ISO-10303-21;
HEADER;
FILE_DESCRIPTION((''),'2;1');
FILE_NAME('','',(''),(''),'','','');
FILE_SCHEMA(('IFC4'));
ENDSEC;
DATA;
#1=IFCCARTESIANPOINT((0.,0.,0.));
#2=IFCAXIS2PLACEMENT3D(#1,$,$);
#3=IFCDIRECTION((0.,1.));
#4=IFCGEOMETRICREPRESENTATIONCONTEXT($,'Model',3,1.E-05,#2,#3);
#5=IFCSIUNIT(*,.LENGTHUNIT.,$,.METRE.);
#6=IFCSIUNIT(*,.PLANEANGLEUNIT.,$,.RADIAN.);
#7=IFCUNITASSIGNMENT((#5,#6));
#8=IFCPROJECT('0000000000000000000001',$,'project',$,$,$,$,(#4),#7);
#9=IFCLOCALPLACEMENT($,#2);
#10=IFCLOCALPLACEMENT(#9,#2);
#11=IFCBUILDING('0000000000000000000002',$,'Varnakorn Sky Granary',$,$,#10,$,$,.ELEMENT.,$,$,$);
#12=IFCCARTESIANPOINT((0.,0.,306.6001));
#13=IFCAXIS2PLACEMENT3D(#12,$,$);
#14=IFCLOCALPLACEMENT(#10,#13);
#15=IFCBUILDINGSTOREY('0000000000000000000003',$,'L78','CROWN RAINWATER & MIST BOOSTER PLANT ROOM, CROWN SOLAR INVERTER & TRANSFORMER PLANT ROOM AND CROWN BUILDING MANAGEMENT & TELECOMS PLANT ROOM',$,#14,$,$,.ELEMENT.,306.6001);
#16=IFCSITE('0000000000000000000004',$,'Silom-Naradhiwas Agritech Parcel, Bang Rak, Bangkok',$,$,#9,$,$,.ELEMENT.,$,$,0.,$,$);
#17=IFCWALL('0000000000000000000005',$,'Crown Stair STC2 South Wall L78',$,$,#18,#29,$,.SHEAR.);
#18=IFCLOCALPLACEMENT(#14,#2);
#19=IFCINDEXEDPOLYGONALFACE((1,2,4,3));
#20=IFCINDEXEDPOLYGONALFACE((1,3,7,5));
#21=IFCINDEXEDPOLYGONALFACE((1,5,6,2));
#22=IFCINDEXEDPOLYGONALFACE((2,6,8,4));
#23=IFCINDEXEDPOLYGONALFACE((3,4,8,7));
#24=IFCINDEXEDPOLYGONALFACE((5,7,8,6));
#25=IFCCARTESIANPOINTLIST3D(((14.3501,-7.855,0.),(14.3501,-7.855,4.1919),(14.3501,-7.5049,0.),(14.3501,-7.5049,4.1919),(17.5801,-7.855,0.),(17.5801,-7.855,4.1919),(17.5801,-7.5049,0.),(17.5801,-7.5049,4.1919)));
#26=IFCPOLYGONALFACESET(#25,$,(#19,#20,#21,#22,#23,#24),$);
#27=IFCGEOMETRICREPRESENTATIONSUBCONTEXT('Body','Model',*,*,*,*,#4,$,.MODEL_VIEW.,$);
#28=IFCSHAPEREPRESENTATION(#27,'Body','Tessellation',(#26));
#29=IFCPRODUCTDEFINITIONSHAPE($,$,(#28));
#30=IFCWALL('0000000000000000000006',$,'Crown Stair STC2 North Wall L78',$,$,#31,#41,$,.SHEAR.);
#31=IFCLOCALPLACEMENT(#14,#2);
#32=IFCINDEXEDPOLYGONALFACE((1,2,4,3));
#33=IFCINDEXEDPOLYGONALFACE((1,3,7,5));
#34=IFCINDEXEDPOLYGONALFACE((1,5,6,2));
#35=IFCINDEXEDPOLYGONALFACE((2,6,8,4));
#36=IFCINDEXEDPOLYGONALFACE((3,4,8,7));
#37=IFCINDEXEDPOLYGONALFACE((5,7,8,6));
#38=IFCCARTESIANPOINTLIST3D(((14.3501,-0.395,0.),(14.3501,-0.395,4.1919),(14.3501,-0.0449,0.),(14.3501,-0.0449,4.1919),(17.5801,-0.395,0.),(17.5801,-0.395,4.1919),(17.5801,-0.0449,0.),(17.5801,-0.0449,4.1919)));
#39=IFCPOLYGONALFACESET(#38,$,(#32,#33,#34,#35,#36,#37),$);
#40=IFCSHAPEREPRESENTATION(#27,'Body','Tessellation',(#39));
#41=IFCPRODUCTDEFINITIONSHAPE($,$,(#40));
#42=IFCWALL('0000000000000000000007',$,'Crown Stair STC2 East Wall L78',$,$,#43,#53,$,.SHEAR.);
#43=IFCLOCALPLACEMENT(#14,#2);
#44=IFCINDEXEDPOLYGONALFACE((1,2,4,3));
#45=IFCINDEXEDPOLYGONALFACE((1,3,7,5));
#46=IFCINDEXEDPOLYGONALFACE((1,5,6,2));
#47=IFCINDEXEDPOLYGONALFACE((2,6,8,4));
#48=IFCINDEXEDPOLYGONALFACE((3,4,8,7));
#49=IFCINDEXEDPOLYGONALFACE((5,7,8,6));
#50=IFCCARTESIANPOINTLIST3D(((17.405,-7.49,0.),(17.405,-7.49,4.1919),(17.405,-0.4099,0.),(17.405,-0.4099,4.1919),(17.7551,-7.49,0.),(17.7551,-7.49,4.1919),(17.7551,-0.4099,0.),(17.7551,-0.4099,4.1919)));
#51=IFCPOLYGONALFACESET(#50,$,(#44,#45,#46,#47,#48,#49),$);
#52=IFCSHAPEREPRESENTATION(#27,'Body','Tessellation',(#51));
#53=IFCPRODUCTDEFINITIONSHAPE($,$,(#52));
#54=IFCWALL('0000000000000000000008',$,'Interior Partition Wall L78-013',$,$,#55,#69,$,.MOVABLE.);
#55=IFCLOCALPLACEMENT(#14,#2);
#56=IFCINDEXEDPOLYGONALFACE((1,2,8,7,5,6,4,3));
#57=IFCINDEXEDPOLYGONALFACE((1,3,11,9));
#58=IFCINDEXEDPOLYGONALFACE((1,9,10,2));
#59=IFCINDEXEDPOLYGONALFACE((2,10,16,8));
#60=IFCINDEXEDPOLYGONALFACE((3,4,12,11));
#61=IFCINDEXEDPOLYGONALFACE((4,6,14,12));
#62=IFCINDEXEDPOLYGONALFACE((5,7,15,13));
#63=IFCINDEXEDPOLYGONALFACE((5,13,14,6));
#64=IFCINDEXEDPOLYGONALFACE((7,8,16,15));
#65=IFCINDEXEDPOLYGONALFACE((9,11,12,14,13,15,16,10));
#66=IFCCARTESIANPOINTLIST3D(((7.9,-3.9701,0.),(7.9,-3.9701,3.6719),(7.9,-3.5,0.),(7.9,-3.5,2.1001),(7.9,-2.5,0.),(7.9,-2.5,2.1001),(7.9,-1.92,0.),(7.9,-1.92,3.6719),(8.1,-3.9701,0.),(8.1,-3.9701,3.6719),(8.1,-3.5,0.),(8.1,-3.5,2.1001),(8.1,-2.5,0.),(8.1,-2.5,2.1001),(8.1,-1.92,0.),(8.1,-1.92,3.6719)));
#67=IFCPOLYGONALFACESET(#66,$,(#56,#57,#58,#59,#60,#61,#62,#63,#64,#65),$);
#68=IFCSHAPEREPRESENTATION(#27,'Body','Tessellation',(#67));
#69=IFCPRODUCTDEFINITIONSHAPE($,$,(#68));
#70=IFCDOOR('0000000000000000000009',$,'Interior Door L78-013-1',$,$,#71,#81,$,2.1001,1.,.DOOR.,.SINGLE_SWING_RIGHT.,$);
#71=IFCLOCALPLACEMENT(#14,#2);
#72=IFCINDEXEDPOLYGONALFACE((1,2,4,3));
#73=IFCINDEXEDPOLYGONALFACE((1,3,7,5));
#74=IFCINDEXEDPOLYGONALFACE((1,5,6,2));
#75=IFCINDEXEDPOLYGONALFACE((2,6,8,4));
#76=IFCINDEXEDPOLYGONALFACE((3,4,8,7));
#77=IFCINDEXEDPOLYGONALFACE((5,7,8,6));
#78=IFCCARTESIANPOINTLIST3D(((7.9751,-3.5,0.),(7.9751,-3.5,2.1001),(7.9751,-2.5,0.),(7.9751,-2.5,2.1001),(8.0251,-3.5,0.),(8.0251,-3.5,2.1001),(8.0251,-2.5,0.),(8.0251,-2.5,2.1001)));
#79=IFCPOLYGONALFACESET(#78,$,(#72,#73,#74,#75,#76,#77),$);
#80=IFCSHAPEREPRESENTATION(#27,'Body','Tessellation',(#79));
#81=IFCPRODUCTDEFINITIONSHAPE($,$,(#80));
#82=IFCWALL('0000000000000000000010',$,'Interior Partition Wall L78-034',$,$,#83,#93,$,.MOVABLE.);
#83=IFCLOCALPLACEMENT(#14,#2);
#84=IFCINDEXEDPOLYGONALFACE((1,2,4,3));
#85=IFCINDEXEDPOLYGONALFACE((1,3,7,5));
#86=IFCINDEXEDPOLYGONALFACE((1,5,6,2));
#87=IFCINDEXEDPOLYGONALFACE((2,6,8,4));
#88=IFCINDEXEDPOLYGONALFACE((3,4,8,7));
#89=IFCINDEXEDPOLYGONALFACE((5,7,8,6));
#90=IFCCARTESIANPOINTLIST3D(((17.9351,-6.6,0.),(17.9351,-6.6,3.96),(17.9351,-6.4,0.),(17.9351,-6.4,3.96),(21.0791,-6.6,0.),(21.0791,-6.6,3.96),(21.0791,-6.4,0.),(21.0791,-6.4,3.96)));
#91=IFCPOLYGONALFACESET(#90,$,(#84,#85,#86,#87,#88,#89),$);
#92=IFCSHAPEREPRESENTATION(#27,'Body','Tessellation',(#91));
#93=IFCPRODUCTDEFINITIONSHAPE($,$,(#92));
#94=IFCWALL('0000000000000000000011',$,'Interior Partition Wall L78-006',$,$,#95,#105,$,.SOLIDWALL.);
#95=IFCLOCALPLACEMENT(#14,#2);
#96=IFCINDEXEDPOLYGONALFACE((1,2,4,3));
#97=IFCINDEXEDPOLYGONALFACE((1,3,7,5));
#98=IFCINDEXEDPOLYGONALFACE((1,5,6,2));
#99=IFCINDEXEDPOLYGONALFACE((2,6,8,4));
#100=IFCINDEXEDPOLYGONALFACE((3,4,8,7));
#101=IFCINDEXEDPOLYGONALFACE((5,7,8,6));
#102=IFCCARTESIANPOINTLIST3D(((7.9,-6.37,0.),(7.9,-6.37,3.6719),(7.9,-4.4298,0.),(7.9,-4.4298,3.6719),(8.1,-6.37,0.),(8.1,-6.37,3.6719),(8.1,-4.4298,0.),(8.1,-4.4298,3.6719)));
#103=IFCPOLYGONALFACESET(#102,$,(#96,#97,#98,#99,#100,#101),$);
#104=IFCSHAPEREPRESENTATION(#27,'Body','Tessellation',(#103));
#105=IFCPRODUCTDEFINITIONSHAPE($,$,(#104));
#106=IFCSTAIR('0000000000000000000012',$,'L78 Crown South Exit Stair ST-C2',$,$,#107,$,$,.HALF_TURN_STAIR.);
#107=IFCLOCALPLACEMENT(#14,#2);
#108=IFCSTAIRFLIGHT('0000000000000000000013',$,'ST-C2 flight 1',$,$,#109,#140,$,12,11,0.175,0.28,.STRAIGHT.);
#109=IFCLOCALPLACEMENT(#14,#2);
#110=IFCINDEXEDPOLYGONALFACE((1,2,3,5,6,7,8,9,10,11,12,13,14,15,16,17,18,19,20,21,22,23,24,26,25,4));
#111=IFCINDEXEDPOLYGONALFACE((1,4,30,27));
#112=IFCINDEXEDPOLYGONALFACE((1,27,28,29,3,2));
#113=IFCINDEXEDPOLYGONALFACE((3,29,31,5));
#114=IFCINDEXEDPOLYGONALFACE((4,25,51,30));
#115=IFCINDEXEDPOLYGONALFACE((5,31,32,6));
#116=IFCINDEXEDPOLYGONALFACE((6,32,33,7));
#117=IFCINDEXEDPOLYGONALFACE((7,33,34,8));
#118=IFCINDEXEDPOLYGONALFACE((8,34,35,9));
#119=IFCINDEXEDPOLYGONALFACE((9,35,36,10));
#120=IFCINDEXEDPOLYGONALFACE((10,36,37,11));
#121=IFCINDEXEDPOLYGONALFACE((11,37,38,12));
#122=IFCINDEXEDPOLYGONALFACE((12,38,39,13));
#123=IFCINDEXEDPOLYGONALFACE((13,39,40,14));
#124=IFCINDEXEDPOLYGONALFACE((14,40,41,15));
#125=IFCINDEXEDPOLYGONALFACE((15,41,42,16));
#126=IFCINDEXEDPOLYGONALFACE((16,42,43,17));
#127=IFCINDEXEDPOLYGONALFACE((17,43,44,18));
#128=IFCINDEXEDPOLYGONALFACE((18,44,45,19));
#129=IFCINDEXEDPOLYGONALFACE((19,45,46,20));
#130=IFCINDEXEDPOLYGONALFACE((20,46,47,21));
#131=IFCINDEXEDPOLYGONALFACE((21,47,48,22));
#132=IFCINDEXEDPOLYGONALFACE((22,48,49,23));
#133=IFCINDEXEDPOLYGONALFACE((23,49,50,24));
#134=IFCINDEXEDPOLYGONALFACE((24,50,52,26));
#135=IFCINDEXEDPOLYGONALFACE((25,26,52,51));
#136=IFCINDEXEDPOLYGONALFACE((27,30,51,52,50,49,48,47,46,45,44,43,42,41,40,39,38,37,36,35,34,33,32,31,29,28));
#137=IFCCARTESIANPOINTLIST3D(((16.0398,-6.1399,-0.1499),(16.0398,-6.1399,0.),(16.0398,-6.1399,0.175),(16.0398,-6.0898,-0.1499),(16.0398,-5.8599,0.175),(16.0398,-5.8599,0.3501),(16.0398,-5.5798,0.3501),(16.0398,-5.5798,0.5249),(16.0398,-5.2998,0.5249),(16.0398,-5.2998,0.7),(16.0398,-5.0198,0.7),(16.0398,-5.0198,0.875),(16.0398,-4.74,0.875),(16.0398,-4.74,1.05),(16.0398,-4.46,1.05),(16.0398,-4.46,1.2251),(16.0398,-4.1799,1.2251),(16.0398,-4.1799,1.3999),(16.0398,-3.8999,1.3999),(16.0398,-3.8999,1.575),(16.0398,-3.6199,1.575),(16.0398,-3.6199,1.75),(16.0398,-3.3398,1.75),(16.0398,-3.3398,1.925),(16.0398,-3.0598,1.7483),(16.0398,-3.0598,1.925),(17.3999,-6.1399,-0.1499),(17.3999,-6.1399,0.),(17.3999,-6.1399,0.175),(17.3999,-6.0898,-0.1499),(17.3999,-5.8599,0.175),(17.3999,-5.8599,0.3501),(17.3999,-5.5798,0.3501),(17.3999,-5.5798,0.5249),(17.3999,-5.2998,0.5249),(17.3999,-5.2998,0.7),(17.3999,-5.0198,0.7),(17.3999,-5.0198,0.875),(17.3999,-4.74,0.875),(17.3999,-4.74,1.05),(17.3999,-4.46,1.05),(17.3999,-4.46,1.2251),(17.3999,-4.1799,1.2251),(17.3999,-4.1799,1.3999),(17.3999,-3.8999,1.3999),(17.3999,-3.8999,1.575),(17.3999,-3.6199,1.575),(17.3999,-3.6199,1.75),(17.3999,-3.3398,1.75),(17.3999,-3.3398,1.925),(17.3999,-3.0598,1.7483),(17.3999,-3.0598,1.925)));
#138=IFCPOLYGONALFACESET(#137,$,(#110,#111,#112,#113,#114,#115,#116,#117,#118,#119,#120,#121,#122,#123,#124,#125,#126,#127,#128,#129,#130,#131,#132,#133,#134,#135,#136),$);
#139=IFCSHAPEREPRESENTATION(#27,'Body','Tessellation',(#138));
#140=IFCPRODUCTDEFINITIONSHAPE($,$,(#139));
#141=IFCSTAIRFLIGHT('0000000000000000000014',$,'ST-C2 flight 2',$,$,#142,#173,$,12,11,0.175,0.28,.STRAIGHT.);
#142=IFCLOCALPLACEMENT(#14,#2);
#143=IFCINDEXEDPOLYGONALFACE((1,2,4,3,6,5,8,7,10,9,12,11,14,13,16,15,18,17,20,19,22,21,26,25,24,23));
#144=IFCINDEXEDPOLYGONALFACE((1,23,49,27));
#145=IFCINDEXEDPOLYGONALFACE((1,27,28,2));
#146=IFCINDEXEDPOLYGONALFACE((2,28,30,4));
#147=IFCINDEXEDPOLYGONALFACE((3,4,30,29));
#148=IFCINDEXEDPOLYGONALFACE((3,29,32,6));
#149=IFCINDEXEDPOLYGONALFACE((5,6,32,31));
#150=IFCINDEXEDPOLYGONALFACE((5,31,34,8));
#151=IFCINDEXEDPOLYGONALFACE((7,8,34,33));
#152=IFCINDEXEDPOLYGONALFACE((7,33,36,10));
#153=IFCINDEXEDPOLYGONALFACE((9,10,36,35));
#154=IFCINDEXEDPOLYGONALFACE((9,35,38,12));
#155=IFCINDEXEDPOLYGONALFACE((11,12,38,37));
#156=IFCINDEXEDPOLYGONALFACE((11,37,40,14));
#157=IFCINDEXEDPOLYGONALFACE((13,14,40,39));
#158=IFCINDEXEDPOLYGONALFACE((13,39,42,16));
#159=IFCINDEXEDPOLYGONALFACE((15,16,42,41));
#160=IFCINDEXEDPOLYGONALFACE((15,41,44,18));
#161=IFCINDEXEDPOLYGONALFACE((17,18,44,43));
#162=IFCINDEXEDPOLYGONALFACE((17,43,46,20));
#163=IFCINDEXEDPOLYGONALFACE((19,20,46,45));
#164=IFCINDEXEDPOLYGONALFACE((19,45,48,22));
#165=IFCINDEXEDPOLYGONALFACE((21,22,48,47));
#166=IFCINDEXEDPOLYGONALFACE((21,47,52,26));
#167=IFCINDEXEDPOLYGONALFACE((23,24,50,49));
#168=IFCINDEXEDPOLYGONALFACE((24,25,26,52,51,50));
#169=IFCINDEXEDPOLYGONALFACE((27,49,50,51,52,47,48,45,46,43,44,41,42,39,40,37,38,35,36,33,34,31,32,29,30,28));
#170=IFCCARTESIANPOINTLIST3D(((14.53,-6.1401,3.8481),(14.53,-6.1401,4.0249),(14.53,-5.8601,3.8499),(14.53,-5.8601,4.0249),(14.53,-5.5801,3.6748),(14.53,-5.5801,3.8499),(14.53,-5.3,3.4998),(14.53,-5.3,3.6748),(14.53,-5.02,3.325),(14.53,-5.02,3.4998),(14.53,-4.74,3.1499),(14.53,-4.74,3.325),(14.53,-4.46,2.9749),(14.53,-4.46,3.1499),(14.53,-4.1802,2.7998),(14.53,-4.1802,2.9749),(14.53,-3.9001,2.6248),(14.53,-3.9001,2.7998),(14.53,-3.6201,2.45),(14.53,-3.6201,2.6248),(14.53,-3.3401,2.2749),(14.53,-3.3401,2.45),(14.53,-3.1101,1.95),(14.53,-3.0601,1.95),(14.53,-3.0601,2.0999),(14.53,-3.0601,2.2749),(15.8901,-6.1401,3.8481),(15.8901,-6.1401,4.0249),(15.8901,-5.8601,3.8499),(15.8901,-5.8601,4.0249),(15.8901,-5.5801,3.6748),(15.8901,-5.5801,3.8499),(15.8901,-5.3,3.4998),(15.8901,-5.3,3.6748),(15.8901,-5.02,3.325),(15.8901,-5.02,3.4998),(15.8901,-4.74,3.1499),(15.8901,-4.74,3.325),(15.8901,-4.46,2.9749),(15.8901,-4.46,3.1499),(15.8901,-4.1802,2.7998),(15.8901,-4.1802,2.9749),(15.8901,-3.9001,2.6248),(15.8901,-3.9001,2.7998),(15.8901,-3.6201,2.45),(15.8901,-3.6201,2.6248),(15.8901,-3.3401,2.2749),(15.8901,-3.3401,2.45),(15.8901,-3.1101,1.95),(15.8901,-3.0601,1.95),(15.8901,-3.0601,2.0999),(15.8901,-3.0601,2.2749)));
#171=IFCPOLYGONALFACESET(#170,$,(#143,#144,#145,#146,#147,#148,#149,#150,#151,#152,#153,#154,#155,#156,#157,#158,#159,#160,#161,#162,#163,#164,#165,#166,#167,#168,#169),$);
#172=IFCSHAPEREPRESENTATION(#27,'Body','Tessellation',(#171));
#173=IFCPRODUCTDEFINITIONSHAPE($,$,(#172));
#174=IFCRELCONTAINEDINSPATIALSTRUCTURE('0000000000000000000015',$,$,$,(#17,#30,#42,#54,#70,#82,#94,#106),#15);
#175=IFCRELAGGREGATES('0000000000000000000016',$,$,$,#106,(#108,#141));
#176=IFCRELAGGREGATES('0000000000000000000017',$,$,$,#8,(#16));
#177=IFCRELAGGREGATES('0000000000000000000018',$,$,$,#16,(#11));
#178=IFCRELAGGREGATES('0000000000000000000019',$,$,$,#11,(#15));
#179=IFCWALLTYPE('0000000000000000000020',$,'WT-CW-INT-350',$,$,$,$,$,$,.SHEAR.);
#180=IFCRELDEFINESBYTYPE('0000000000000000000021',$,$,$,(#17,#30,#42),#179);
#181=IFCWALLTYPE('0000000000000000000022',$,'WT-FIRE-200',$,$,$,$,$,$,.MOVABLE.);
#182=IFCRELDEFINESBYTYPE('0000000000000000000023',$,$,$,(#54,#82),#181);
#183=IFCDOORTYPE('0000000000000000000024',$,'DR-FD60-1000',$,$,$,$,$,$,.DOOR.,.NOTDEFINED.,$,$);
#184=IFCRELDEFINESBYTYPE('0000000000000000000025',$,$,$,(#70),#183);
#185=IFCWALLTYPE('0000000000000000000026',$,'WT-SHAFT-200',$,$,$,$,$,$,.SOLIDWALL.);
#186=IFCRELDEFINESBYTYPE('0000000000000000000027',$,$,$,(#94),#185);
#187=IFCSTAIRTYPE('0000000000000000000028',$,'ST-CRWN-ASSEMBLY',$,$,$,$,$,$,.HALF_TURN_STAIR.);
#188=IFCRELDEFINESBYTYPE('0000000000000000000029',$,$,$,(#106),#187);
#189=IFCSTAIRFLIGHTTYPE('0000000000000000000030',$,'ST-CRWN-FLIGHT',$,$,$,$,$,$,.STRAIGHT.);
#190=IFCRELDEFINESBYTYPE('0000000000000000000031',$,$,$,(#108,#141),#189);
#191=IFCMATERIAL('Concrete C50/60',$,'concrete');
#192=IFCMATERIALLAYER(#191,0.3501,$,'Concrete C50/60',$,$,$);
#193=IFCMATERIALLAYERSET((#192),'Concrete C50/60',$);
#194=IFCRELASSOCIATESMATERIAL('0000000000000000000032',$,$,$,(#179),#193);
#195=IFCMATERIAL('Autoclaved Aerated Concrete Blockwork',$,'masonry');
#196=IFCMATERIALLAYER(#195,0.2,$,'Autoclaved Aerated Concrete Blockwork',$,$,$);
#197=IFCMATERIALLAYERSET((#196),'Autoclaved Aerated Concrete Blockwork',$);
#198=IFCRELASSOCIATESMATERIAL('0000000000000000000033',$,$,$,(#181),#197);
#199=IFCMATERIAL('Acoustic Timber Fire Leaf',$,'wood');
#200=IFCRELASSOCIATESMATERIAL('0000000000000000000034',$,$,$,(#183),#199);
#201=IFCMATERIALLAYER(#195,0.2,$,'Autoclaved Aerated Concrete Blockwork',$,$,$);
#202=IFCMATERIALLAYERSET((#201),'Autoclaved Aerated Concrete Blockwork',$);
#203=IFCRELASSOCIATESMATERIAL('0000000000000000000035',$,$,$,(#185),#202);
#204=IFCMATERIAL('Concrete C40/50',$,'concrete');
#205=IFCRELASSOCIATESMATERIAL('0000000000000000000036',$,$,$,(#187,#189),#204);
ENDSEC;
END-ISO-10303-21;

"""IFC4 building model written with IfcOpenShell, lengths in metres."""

from ifc_helpers import new_model, si_unit, direction, frame, frame_2d, origin, place, context, subcontext, project, spatial, polyline, rectangle, outline, extrude, material, layer, layer_set, type_object, element, fill, aggregate, save


model = new_model("IFC4")

# Units and contexts
model_context = context("Model", 3, precision=1e-05, world=origin(), true_north=direction((0.0, 1.0)))
body_context = subcontext(model_context, "Body", "Model", "MODEL_VIEW")
ifc_project = project(units=[si_unit("LENGTHUNIT", "METRE"), si_unit("PLANEANGLEUNIT", "RADIAN")], contexts=[model_context])

# Site, building, storey
site_placement = place(None, origin())
site = spatial("IfcSite", under=ifc_project, at=site_placement, Name="Silom-Naradhiwas Agritech Parcel, Bang Rak, Bangkok", CompositionType="ELEMENT", RefElevation=0.0)
building_placement = place(site_placement, origin())
building = spatial("IfcBuilding", under=site, at=building_placement, Name="Varnakorn Sky Granary", CompositionType="ELEMENT")
storey_placement = place(building_placement, frame((0.0, 0.0, 306.6001)))
storey = spatial("IfcBuildingStorey", under=building, at=storey_placement, Name="L78", Description="CROWN RAINWATER & MIST BOOSTER PLANT ROOM, CROWN SOLAR INVERTER & TRANSFORMER PLANT ROOM AND CROWN BUILDING MANAGEMENT & TELECOMS PLANT ROOM", CompositionType="ELEMENT", Elevation=306.6001)

# Shared definitions
ifc_material_1 = material(Name="Concrete C50/60", Category="concrete")

# Walls
ifc_layer_1 = layer(ifc_material_1, 0.3501, Name="Concrete C50/60")
ifc_layer_set_1 = layer_set([ifc_layer_1], Name="Concrete C50/60")
wall_type_1 = type_object("IfcWallType", Name="WT-CW-INT-350", PredefinedType="SHEAR", material=ifc_layer_set_1)
for number, where, z_axis, x_axis, name in (
    (1, (14.3501, -7.6799, 0.0), (0.0, 0.0, 1.0), (1.0, 0.0, 0.0), "Crown Stair STC2 South Wall L78"),
    (2, (14.3501, -0.22, 0.0), (0.0, 0.0, 1.0), (1.0, 0.0, 0.0), "Crown Stair STC2 North Wall L78"),
):
    element("IfcWall", number, at=place(storey_placement, frame(where, z_axis=z_axis, x_axis=x_axis)), inside=storey, type_object=wall_type_1, Name=name, PredefinedType="SHEAR", context=body_context, shape_type="SweptSolid", body=[
        extrude(rectangle(XDim=3.23, YDim=0.3501, at=frame_2d((1.615, 0.0))), origin(), (0.0, 0.0, 1.0), 4.1919),
    ])

# Wall
wall_1_placement = place(storey_placement, frame((17.5801, -7.49, 0.0), z_axis=(0.0, 0.0, 1.0), x_axis=(0.0, 1.0, 0.0)))
element("IfcWall", 3, at=wall_1_placement, inside=storey, type_object=wall_type_1, Name="Crown Stair STC2 East Wall L78", PredefinedType="SHEAR", context=body_context, shape_type="SweptSolid", body=[
    extrude(rectangle(XDim=7.0801, YDim=0.3501, at=frame_2d((3.54, 0.0))), origin(), (0.0, 0.0, 1.0), 4.1919),
])

# Wall, opening, door
ifc_material_2 = material(Name="Autoclaved Aerated Concrete Blockwork", Category="masonry")
ifc_layer_2 = layer(ifc_material_2, 0.2, Name="Autoclaved Aerated Concrete Blockwork")
ifc_layer_set_2 = layer_set([ifc_layer_2], Name="Autoclaved Aerated Concrete Blockwork")
wall_type_2 = type_object("IfcWallType", Name="WT-FIRE-200", PredefinedType="MOVABLE", material=ifc_layer_set_2)
wall_2_placement = place(storey_placement, frame((8.0, -3.97, 0.0), z_axis=(0.0, 0.0, 1.0), x_axis=(0.0, 1.0, 0.0)))
wall_2 = element("IfcWall", 4, at=wall_2_placement, inside=storey, type_object=wall_type_2, Name="Interior Partition Wall L78-013", PredefinedType="MOVABLE", context=body_context, shape_type="SweptSolid", body=[
    extrude(rectangle(XDim=2.05, YDim=0.2, at=frame_2d((1.0249, 0.0))), origin(), (0.0, 0.0, 1.0), 3.6719),
])
opening_1_placement = place(wall_2_placement, frame((0.47, 0.0, 0.0)))
opening_1 = element("IfcOpeningElement", 5, at=opening_1_placement, cuts=wall_2, PredefinedType="OPENING", context=body_context, shape_type="SweptSolid", body=[
    extrude(rectangle(XDim=1.0, YDim=2.1001, at=frame_2d((0.5, 1.05))), frame((0.0, 0.1099, 0.0), z_axis=(0.0, -1.0, 0.0), x_axis=(1.0, 0.0, 0.0)), (0.0, 0.0, 1.0), 0.22),
])
ifc_material_3 = material(Name="Acoustic Timber Fire Leaf", Category="wood")
door_type_1 = type_object("IfcDoorType", Name="DR-FD60-1000", OperationType="NOTDEFINED", PredefinedType="DOOR", material=ifc_material_3)
door_1_placement = place(opening_1_placement, origin())
door_1 = element("IfcDoor", 6, at=door_1_placement, inside=storey, type_object=door_type_1, Name="Interior Door L78-013-1", OperationType="SINGLE_SWING_RIGHT", OverallHeight=2.1001, OverallWidth=1.0, PredefinedType="DOOR", context=body_context, shape_type="SweptSolid", body=[
    extrude(rectangle(XDim=1.0, YDim=2.1001, at=frame_2d((0.5, 1.05))), frame((0.0, 0.0249, 0.0), z_axis=(0.0, -1.0, 0.0), x_axis=(1.0, 0.0, 0.0)), (0.0, 0.0, 1.0), 0.05),
])
fill(opening_1, door_1)

# Walls
wall_3_placement = place(storey_placement, frame((17.9351, -6.5, 0.0), z_axis=(0.0, 0.0, 1.0), x_axis=(1.0, 0.0, 0.0)))
element("IfcWall", 7, at=wall_3_placement, inside=storey, type_object=wall_type_2, Name="Interior Partition Wall L78-034", PredefinedType="MOVABLE", context=body_context, shape_type="SweptSolid", body=[
    extrude(rectangle(XDim=3.144, YDim=0.2, at=frame_2d((1.572, 0.0))), origin(), (0.0, 0.0, 1.0), 3.96),
])
ifc_layer_3 = layer(ifc_material_2, 0.2, Name="Autoclaved Aerated Concrete Blockwork")
ifc_layer_set_3 = layer_set([ifc_layer_3], Name="Autoclaved Aerated Concrete Blockwork")
wall_type_3 = type_object("IfcWallType", Name="WT-SHAFT-200", PredefinedType="SOLIDWALL", material=ifc_layer_set_3)
wall_4_placement = place(storey_placement, frame((8.0, -6.3701, 0.0), z_axis=(0.0, 0.0, 1.0), x_axis=(0.0, 1.0, 0.0)))
element("IfcWall", 8, at=wall_4_placement, inside=storey, type_object=wall_type_3, Name="Interior Partition Wall L78-006", PredefinedType="SOLIDWALL", context=body_context, shape_type="SweptSolid", body=[
    extrude(rectangle(XDim=1.9402, YDim=0.2, at=frame_2d((0.9702, 0.0))), origin(), (0.0, 0.0, 1.0), 3.6719),
])

# Stair, stair flights
ifc_material_4 = material(Name="Concrete C40/50", Category="concrete")
stair_type = type_object("IfcStairType", Name="ST-CRWN-ASSEMBLY", PredefinedType="HALF_TURN_STAIR", material=ifc_material_4)
stair_placement = place(storey_placement, origin())
stair = element("IfcStair", 9, at=stair_placement, inside=storey, type_object=stair_type, Name="L78 Crown South Exit Stair ST-C2", PredefinedType="HALF_TURN_STAIR")
stair_flight_type = type_object("IfcStairFlightType", Name="ST-CRWN-FLIGHT", PredefinedType="STRAIGHT", material=ifc_material_4)
stair_flight_1_placement = place(storey_placement, frame((16.72, -6.1399, 0.0), z_axis=(0.0, 0.0, 1.0), x_axis=(0.0, 1.0, 0.0)))
stair_flight_1 = element("IfcStairFlight", 10, at=stair_flight_1_placement, type_object=stair_flight_type, Name="ST-C2 flight 1", NumberOfRisers=12, NumberOfTreads=11, PredefinedType="STRAIGHT", RiserHeight=0.175, TreadLength=0.28, context=body_context, shape_type="SweptSolid", body=[
    extrude(outline(polyline([(0.0, -0.1499), (0.0, 0.0), (0.0, 0.175), (0.28, 0.175), (0.28, 0.3501), (0.5601, 0.3501), (0.5601, 0.5249), (0.8401, 0.5249), (0.8401, 0.7), (1.1201, 0.7), (1.1201, 0.875), (1.3999, 0.875), (1.3999, 1.05), (1.6799, 1.05), (1.6799, 1.2251), (1.96, 1.2251), (1.96, 1.3999), (2.24, 1.3999), (2.24, 1.575), (2.52, 1.575), (2.52, 1.75), (2.8, 1.75), (2.8, 1.925), (3.0801, 1.925), (3.0801, 2.1001), (3.0801, 1.7483), (0.05, -0.1499), (0.0, -0.1499)])), frame((0.0, 0.6802, 0.0), z_axis=(0.0, -1.0, 0.0), x_axis=(1.0, 0.0, 0.0)), (0.0, 0.0, 1.0), 1.3601),
])
stair_flight_2_placement = place(storey_placement, frame((15.21, -3.0601, 2.0999), z_axis=(0.0, 0.0, 1.0), x_axis=(0.0, -1.0, 0.0)))
stair_flight_2 = element("IfcStairFlight", 11, at=stair_flight_2_placement, type_object=stair_flight_type, Name="ST-C2 flight 2", NumberOfRisers=12, NumberOfTreads=11, PredefinedType="STRAIGHT", RiserHeight=0.175, TreadLength=0.28, context=body_context, shape_type="SweptSolid", body=[
    extrude(outline(polyline([(0.0, -0.1499), (0.0, 0.0), (0.0, 0.175), (0.28, 0.175), (0.28, 0.3501), (0.5601, 0.3501), (0.5601, 0.5249), (0.8401, 0.5249), (0.8401, 0.7), (1.1201, 0.7), (1.1201, 0.875), (1.3999, 0.875), (1.3999, 1.05), (1.6799, 1.05), (1.6799, 1.2251), (1.96, 1.2251), (1.96, 1.3999), (2.24, 1.3999), (2.24, 1.575), (2.52, 1.575), (2.52, 1.75), (2.8, 1.75), (2.8, 1.925), (3.0801, 1.925), (3.0801, 2.1001), (3.0801, 1.7483), (0.05, -0.1499), (0.0, -0.1499)])), frame((0.0, 0.6802, 0.0), z_axis=(0.0, -1.0, 0.0), x_axis=(1.0, 0.0, 0.0)), (0.0, 0.0, 1.0), 1.3601),
])
aggregate(stair, [stair_flight_1, stair_flight_2])

save(model, "model.ifc")
